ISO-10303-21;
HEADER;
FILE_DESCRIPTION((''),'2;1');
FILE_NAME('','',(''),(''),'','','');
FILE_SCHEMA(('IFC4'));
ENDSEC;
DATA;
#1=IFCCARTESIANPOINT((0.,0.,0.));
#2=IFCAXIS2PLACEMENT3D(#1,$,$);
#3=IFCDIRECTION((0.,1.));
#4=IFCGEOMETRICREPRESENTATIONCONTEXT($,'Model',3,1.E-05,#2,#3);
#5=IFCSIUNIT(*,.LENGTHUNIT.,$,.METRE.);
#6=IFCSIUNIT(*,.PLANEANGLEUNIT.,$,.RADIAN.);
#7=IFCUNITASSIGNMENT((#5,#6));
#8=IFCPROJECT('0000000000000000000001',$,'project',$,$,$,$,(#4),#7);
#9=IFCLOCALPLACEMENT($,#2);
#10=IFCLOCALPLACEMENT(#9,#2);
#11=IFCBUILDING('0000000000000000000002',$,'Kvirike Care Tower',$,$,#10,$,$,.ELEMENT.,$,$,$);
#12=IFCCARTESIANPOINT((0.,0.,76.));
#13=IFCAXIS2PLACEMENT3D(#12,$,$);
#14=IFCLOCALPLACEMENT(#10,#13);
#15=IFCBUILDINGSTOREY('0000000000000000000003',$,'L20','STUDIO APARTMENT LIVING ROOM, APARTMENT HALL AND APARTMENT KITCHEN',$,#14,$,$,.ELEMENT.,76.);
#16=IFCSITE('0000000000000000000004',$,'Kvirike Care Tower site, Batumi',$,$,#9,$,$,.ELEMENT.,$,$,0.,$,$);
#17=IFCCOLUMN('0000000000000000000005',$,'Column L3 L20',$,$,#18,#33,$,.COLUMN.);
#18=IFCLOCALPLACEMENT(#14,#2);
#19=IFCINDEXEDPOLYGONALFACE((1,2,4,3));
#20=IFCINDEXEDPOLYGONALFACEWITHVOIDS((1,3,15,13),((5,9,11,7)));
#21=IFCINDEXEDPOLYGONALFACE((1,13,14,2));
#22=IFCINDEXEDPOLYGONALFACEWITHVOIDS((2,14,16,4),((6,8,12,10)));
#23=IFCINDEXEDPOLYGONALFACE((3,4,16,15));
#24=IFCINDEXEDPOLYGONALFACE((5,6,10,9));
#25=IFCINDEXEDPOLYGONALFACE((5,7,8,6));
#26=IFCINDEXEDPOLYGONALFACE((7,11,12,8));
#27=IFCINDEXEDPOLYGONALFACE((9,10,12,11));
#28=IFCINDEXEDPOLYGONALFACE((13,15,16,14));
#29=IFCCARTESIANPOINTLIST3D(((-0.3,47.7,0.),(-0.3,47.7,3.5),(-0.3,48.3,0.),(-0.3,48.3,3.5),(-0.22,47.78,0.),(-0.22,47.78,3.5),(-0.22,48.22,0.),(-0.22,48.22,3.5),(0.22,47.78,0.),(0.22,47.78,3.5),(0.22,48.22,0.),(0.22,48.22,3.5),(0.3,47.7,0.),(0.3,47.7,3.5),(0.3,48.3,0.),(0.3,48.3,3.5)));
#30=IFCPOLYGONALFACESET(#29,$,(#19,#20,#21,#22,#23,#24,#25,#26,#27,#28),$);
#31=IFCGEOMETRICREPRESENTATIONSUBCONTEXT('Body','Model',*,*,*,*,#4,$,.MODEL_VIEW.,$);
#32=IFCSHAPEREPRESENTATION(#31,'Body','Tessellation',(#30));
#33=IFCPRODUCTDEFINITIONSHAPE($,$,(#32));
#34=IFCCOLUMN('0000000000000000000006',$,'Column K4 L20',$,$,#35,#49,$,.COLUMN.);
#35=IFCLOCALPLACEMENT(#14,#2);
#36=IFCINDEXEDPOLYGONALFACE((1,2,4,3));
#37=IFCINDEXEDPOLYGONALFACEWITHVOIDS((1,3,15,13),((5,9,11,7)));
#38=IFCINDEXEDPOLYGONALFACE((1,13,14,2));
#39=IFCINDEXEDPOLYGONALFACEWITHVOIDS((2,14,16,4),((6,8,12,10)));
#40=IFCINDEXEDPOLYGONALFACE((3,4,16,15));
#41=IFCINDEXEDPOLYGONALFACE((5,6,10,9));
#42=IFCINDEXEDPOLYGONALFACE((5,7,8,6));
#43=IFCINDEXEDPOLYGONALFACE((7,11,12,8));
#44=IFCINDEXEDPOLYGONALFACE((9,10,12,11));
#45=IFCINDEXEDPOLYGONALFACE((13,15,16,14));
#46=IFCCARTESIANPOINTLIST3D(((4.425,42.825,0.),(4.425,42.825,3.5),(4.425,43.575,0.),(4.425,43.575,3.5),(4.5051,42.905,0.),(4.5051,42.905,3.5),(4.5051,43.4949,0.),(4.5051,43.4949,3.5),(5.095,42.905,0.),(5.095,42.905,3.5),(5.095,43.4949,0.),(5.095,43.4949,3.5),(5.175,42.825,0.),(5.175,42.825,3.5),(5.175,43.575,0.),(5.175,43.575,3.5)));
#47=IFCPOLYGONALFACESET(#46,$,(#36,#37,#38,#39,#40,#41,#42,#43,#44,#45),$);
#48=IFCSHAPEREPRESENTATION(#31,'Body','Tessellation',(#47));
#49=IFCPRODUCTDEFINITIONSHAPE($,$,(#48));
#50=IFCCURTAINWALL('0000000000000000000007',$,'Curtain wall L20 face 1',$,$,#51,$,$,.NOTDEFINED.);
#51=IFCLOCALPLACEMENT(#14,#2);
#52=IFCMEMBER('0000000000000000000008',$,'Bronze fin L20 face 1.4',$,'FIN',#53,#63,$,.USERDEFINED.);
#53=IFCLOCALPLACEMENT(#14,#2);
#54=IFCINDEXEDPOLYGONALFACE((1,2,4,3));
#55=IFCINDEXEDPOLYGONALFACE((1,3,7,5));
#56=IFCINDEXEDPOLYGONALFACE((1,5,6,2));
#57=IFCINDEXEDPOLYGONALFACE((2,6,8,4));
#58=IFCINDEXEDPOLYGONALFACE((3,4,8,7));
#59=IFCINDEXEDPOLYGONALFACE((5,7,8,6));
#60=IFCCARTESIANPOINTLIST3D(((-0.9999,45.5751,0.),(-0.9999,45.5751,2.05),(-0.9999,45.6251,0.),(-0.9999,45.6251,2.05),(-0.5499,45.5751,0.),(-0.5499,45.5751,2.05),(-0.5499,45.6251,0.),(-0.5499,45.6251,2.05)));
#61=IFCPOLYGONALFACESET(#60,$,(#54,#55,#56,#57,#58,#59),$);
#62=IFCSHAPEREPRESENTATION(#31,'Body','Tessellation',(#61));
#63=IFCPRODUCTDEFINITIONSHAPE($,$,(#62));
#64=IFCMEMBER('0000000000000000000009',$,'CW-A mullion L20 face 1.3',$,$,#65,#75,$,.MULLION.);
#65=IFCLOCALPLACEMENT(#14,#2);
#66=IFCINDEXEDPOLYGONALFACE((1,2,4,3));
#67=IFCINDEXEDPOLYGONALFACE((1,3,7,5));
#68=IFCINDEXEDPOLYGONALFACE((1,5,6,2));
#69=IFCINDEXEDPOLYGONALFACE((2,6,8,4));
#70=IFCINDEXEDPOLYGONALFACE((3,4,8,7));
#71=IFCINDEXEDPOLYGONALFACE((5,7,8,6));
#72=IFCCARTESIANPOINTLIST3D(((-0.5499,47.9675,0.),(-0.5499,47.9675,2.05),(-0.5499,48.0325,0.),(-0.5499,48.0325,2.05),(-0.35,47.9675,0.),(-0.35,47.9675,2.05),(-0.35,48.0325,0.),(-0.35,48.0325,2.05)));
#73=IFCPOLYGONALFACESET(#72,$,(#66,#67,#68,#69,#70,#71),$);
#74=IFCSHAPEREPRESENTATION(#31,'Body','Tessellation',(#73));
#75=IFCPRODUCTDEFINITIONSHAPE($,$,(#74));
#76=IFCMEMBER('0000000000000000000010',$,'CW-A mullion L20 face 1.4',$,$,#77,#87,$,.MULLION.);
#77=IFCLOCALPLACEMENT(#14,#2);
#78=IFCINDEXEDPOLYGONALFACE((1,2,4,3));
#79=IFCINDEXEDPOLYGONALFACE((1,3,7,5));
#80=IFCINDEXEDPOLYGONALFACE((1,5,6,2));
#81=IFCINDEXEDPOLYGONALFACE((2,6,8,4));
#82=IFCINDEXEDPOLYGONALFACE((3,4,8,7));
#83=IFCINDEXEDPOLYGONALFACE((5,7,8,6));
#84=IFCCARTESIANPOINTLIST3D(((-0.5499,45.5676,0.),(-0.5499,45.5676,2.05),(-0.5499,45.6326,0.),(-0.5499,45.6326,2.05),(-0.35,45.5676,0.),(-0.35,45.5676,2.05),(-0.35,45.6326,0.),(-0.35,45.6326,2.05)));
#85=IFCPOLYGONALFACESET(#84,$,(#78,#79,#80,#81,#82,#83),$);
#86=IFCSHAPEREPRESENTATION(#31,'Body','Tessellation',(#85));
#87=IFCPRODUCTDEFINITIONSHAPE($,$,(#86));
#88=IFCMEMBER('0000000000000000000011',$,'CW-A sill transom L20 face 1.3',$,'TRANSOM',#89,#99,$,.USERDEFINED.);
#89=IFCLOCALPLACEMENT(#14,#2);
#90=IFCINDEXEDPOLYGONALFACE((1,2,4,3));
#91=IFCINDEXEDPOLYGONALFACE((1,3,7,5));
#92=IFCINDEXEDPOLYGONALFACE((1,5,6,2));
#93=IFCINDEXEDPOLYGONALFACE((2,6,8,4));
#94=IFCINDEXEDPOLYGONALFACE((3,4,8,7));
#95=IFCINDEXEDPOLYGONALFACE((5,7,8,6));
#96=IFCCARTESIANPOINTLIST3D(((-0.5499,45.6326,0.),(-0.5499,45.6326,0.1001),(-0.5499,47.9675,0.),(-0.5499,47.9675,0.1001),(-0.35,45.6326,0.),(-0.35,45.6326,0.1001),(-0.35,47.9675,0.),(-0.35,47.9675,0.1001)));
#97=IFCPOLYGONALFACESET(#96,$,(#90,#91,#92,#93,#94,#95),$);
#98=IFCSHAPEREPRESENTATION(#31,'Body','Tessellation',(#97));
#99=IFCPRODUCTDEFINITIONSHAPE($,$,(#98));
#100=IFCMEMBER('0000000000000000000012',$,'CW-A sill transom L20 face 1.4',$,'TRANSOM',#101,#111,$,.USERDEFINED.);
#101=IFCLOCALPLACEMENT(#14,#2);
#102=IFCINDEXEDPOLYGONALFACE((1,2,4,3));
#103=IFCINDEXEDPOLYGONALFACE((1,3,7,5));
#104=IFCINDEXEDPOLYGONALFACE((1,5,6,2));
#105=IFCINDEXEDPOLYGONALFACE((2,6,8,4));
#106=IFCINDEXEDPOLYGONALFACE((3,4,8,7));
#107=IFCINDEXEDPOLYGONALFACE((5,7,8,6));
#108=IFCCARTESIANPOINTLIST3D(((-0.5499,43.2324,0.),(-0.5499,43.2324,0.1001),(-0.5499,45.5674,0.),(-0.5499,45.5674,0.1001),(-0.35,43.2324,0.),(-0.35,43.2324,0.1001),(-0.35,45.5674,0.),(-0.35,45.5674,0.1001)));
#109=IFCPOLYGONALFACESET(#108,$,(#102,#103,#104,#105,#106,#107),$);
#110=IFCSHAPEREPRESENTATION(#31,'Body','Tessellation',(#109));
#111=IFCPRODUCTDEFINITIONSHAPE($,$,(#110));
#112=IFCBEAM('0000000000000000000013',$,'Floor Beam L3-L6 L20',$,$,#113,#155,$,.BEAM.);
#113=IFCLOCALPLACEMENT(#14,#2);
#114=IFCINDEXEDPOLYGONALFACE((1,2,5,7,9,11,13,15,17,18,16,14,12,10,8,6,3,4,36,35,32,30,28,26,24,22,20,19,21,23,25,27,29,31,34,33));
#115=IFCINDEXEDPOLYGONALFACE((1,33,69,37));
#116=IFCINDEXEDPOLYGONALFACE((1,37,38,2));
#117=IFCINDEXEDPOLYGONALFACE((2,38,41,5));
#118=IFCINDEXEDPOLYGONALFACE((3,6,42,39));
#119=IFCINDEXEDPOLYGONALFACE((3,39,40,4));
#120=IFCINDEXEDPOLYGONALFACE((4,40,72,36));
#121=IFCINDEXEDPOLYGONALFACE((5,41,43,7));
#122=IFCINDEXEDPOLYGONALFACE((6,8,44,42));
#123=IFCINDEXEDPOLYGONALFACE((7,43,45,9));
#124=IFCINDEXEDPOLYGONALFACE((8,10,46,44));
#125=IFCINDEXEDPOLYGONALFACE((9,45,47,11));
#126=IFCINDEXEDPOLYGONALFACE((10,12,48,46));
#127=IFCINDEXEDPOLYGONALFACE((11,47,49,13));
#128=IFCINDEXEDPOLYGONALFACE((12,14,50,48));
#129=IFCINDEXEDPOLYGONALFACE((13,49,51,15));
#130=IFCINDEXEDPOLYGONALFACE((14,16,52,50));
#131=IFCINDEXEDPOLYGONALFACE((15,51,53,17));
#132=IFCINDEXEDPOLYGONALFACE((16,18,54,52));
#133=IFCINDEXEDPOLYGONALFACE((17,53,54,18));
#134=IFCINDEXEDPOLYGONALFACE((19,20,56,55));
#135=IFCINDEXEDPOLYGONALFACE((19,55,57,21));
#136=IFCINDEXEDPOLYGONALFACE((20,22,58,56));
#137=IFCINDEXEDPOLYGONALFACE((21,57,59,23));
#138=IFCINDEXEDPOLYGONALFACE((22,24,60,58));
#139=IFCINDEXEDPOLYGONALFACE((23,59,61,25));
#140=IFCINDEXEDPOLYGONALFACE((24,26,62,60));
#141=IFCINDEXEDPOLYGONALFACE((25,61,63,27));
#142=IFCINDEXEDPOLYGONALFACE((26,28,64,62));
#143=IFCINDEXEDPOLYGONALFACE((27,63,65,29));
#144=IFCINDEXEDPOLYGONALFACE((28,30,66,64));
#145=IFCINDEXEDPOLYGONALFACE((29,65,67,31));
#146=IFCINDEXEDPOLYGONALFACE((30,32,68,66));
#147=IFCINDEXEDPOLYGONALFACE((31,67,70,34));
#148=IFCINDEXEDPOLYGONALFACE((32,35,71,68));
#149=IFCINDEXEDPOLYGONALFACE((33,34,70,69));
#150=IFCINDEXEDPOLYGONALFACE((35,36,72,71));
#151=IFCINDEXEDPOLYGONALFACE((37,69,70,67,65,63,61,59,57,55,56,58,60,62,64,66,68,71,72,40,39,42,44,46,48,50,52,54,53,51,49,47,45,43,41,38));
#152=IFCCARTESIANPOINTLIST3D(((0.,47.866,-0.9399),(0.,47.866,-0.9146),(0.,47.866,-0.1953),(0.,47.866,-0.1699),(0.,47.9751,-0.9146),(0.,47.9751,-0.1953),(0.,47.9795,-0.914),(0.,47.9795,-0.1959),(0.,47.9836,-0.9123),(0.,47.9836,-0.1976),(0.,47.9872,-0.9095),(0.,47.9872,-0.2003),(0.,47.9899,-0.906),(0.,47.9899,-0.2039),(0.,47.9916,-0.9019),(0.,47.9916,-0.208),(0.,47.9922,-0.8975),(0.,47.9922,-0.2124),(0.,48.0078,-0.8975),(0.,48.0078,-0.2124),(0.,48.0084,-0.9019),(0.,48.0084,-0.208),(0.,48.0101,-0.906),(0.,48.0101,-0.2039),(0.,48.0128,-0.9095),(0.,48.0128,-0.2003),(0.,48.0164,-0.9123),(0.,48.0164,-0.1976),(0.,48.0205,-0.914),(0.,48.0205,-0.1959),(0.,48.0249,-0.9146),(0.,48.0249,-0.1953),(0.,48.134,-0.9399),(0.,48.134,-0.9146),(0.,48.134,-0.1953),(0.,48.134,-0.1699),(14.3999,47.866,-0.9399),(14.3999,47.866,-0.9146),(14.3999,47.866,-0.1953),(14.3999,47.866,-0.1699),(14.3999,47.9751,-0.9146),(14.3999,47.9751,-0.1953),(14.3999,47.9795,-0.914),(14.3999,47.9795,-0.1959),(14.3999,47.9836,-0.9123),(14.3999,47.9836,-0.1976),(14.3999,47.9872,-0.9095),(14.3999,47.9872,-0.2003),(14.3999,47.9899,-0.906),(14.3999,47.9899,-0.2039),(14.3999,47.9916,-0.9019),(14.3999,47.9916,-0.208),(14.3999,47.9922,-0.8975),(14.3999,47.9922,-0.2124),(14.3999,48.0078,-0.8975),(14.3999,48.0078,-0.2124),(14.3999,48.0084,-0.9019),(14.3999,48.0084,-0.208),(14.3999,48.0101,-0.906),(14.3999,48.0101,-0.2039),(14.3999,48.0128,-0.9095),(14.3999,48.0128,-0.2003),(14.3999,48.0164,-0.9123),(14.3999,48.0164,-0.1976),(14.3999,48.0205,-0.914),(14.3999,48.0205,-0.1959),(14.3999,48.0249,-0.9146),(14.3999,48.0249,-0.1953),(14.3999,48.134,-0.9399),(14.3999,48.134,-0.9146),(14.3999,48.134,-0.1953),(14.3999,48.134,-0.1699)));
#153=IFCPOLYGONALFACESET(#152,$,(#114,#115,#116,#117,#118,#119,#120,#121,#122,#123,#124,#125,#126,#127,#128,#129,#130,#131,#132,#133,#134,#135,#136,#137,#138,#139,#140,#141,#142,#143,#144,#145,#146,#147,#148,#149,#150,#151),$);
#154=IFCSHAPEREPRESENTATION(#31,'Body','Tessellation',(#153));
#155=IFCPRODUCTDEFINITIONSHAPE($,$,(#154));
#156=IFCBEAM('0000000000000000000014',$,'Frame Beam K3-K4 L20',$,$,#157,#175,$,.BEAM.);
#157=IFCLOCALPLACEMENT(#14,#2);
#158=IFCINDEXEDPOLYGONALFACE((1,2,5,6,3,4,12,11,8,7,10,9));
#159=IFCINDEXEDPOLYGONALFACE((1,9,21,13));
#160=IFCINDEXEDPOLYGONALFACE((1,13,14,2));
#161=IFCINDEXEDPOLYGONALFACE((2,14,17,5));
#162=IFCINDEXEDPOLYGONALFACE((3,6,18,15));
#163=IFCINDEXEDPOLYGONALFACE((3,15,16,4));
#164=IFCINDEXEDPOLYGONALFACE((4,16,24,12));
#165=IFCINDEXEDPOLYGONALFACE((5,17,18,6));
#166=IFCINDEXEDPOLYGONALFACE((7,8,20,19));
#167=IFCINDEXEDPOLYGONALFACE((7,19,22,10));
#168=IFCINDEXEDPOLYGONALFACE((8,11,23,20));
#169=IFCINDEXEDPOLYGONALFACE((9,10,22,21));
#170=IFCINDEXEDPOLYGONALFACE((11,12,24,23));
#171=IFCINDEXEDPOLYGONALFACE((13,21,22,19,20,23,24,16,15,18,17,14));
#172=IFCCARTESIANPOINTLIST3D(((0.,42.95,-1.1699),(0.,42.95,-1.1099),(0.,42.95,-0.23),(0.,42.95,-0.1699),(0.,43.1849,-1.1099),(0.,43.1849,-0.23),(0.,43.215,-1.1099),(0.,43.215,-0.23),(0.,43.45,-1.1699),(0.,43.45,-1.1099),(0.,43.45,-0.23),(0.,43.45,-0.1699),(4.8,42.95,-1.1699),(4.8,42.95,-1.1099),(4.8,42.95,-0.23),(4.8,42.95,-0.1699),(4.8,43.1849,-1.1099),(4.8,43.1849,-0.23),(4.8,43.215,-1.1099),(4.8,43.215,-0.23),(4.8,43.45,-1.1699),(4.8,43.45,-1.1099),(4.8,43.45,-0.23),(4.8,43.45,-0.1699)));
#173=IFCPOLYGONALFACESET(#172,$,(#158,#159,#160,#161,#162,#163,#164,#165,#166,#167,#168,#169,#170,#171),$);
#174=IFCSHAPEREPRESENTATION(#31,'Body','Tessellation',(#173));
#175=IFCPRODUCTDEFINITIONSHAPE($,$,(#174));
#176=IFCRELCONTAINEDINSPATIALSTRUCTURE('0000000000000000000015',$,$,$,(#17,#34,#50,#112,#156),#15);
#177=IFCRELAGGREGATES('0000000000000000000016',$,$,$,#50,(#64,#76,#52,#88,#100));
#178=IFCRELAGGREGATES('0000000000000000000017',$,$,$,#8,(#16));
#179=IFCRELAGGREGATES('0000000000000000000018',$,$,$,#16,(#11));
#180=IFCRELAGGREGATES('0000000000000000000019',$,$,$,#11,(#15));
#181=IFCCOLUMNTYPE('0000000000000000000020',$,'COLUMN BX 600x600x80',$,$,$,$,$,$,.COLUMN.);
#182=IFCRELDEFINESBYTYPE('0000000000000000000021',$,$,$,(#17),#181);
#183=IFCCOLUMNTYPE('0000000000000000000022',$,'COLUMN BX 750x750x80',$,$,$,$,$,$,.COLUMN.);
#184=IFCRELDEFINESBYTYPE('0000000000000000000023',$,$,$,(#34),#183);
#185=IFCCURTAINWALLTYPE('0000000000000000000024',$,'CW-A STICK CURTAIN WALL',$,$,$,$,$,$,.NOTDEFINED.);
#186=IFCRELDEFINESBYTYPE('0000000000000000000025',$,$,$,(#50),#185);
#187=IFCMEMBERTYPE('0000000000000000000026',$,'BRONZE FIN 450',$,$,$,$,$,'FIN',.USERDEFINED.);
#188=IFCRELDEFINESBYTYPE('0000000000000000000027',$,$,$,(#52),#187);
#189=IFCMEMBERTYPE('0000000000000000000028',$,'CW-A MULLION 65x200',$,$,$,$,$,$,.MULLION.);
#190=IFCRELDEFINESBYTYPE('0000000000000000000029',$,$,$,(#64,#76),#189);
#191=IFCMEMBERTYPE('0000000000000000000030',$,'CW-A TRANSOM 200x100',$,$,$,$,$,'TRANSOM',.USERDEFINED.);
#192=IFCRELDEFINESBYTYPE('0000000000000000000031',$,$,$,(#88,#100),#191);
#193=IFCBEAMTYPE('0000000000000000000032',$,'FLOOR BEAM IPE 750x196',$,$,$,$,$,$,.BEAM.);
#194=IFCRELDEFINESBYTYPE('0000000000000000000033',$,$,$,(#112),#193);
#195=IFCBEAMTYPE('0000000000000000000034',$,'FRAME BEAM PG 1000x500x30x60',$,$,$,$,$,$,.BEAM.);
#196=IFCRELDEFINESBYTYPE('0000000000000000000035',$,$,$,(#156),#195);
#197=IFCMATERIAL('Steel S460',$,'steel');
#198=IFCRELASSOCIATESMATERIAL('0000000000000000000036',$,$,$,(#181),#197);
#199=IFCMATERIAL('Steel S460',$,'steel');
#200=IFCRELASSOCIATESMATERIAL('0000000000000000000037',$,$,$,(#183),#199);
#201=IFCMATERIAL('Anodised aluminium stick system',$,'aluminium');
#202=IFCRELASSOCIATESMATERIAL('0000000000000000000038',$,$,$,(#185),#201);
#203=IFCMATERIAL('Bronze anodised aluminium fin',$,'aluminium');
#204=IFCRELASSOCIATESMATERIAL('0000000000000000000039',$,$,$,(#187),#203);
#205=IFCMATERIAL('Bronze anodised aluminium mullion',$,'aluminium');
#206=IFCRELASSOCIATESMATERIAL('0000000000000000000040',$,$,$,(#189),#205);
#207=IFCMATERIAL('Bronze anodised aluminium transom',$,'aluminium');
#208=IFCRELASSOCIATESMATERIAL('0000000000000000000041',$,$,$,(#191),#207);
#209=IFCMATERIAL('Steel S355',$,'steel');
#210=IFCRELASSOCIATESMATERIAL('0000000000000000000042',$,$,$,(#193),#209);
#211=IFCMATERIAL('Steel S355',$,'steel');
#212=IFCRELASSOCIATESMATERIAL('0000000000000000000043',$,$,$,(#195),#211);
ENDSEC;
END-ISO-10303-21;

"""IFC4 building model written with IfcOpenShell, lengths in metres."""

from ifc_helpers import new_model, si_unit, direction, frame, origin, origin_2d, place, context, subcontext, project, spatial, rectangle, hollow_rectangle, i_section, extrude, material, material_profile, profile_set, type_object, element, aggregate, save


model = new_model("IFC4")

# Units and contexts
model_context = context("Model", 3, precision=1e-05, world=origin(), true_north=direction((0.0, 1.0)))
body_context = subcontext(model_context, "Body", "Model", "MODEL_VIEW")
ifc_project = project(units=[si_unit("LENGTHUNIT", "METRE"), si_unit("PLANEANGLEUNIT", "RADIAN")], contexts=[model_context])

# Site, building, storey
site_placement = place(None, origin())
site = spatial("IfcSite", under=ifc_project, at=site_placement, Name="Kvirike Care Tower site, Batumi", CompositionType="ELEMENT", RefElevation=0.0)
building_placement = place(site_placement, origin())
building = spatial("IfcBuilding", under=site, at=building_placement, Name="Kvirike Care Tower", CompositionType="ELEMENT")
storey_placement = place(building_placement, frame((0.0, 0.0, 76.0)))
storey = spatial("IfcBuildingStorey", under=building, at=storey_placement, Name="L20", Description="STUDIO APARTMENT LIVING ROOM, APARTMENT HALL AND APARTMENT KITCHEN", CompositionType="ELEMENT", Elevation=76.0)

# Columns
ifc_material_1 = material(Name="Steel S460", Category="steel")
ifc_material_profile_1 = material_profile(ifc_material_1, hollow_rectangle(XDim=0.6001, YDim=0.6001, WallThickness=0.0801, at=origin_2d()), Name="BX 600x600x80")
ifc_profile_set_1 = profile_set([ifc_material_profile_1], Name="Steel S460")
column_type_1 = type_object("IfcColumnType", Name="COLUMN BX 600x600x80", PredefinedType="COLUMN", material=ifc_profile_set_1)
column_1_placement = place(storey_placement, frame((0.0, 48.0, 0.0), z_axis=(0.0, 0.0, 1.0), x_axis=(1.0, 0.0, 0.0)))
element("IfcColumn", 1, at=column_1_placement, inside=storey, type_object=column_type_1, Name="Column L3 L20", PredefinedType="COLUMN", context=body_context, shape_type="SweptSolid", body=[
    extrude(hollow_rectangle(XDim=0.6001, YDim=0.6001, WallThickness=0.0801, at=origin_2d()), origin(), (0.0, 0.0, 1.0), 3.5),
])
ifc_material_2 = material(Name="Steel S460", Category="steel")
ifc_material_profile_2 = material_profile(ifc_material_2, hollow_rectangle(XDim=0.75, YDim=0.75, WallThickness=0.0801, at=origin_2d()), Name="BX 750x750x80")
ifc_profile_set_2 = profile_set([ifc_material_profile_2], Name="Steel S460")
column_type_2 = type_object("IfcColumnType", Name="COLUMN BX 750x750x80", PredefinedType="COLUMN", material=ifc_profile_set_2)
column_2_placement = place(storey_placement, frame((4.8, 43.2, 0.0), z_axis=(0.0, 0.0, 1.0), x_axis=(0.0, 1.0, 0.0)))
element("IfcColumn", 2, at=column_2_placement, inside=storey, type_object=column_type_2, Name="Column K4 L20", PredefinedType="COLUMN", context=body_context, shape_type="SweptSolid", body=[
    extrude(hollow_rectangle(XDim=0.75, YDim=0.75, WallThickness=0.0801, at=origin_2d()), origin(), (0.0, 0.0, 1.0), 3.5),
])

# Curtain wall, members
ifc_material_3 = material(Name="Anodised aluminium stick system", Category="aluminium")
curtain_wall_type = type_object("IfcCurtainWallType", Name="CW-A STICK CURTAIN WALL", PredefinedType="NOTDEFINED", material=ifc_material_3)
curtain_wall_placement = place(storey_placement, origin())
curtain_wall = element("IfcCurtainWall", 3, at=curtain_wall_placement, inside=storey, type_object=curtain_wall_type, Name="Curtain wall L20 face 1", PredefinedType="NOTDEFINED")
ifc_material_4 = material(Name="Bronze anodised aluminium fin", Category="aluminium")
ifc_material_profile_3 = material_profile(ifc_material_4, rectangle(XDim=0.05, YDim=0.45, at=origin_2d()), Name="BRONZE FIN 450")
ifc_profile_set_3 = profile_set([ifc_material_profile_3], Name="Bronze anodised aluminium fin")
member_type_1 = type_object("IfcMemberType", Name="BRONZE FIN 450", ElementType="FIN", PredefinedType="USERDEFINED", material=ifc_profile_set_3)
member_1_placement = place(storey_placement, frame((-0.7749, 45.6001, 0.0), z_axis=(0.0, 0.0, 1.0), x_axis=(0.0, -1.0, 0.0)))
member_1 = element("IfcMember", 4, at=member_1_placement, type_object=member_type_1, Name="Bronze fin L20 face 1.4", ObjectType="FIN", PredefinedType="USERDEFINED", context=body_context, shape_type="SweptSolid", body=[
    extrude(rectangle(XDim=0.05, YDim=0.45, at=origin_2d()), origin(), (0.0, 0.0, 1.0), 2.05),
])
ifc_material_5 = material(Name="Bronze anodised aluminium mullion", Category="aluminium")
ifc_material_profile_4 = material_profile(ifc_material_5, rectangle(XDim=0.0649, YDim=0.2, at=origin_2d()), Name="CW-A MULLION 65x200")
ifc_profile_set_4 = profile_set([ifc_material_profile_4], Name="Bronze anodised aluminium mullion")
member_type_2 = type_object("IfcMemberType", Name="CW-A MULLION 65x200", PredefinedType="MULLION", material=ifc_profile_set_4)
member_2_placement = place(storey_placement, frame((-0.45, 48.0, 0.0), z_axis=(0.0, 0.0, 1.0), x_axis=(0.0, -1.0, 0.0)))
member_2 = element("IfcMember", 5, at=member_2_placement, type_object=member_type_2, Name="CW-A mullion L20 face 1.3", PredefinedType="MULLION", context=body_context, shape_type="SweptSolid", body=[
    extrude(rectangle(XDim=0.0649, YDim=0.2, at=origin_2d()), origin(), (0.0, 0.0, 1.0), 2.05),
])
member_3_placement = place(storey_placement, frame((-0.45, 45.6001, 0.0), z_axis=(0.0, 0.0, 1.0), x_axis=(0.0, -1.0, 0.0)))
member_3 = element("IfcMember", 6, at=member_3_placement, type_object=member_type_2, Name="CW-A mullion L20 face 1.4", PredefinedType="MULLION", context=body_context, shape_type="SweptSolid", body=[
    extrude(rectangle(XDim=0.0649, YDim=0.2, at=origin_2d()), origin(), (0.0, 0.0, 1.0), 2.05),
])
ifc_material_6 = material(Name="Bronze anodised aluminium transom", Category="aluminium")
ifc_material_profile_5 = material_profile(ifc_material_6, rectangle(XDim=0.2, YDim=0.1001, at=origin_2d()), Name="CW-A TRANSOM 200x100")
ifc_profile_set_5 = profile_set([ifc_material_profile_5], Name="Bronze anodised aluminium transom")
member_type_3 = type_object("IfcMemberType", Name="CW-A TRANSOM 200x100", ElementType="TRANSOM", PredefinedType="USERDEFINED", material=ifc_profile_set_5)
member_4_placement = place(storey_placement, frame((-0.45, 47.9675, 0.05), z_axis=(0.0, -1.0, 0.0), x_axis=(1.0, 0.0, 0.0)))
member_4 = element("IfcMember", 7, at=member_4_placement, type_object=member_type_3, Name="CW-A sill transom L20 face 1.3", ObjectType="TRANSOM", PredefinedType="USERDEFINED", context=body_context, shape_type="SweptSolid", body=[
    extrude(rectangle(XDim=0.2, YDim=0.1001, at=origin_2d()), origin(), (0.0, 0.0, 1.0), 2.335),
])
member_5_placement = place(storey_placement, frame((-0.45, 45.5674, 0.05), z_axis=(0.0, -1.0, 0.0), x_axis=(1.0, 0.0, 0.0)))
member_5 = element("IfcMember", 8, at=member_5_placement, type_object=member_type_3, Name="CW-A sill transom L20 face 1.4", ObjectType="TRANSOM", PredefinedType="USERDEFINED", context=body_context, shape_type="SweptSolid", body=[
    extrude(rectangle(XDim=0.2, YDim=0.1001, at=origin_2d()), origin(), (0.0, 0.0, 1.0), 2.335),
])

# Beams
ifc_material_7 = material(Name="Steel S355", Category="steel")
ifc_material_profile_6 = material_profile(ifc_material_7, i_section(OverallWidth=0.2681, OverallDepth=0.77, WebThickness=0.0156, FlangeThickness=0.0254, FilletRadius=0.0171, at=origin_2d()), Name="IPE 750x196")
ifc_profile_set_6 = profile_set([ifc_material_profile_6], Name="Steel S355")
beam_type_1 = type_object("IfcBeamType", Name="FLOOR BEAM IPE 750x196", PredefinedType="BEAM", material=ifc_profile_set_6)
beam_placement = place(storey_placement, frame((0.0, 48.0, -0.5549), z_axis=(1.0, 0.0, 0.0), x_axis=(0.0, 1.0, 0.0)))
element("IfcBeam", 9, at=beam_placement, inside=storey, type_object=beam_type_1, Name="Floor Beam L3-L6 L20", PredefinedType="BEAM", context=body_context, shape_type="SweptSolid", body=[
    extrude(i_section(OverallWidth=0.2681, OverallDepth=0.77, WebThickness=0.0156, FlangeThickness=0.0254, FilletRadius=0.0171, at=origin_2d()), origin(), (0.0, 0.0, 1.0), 14.3999),
])
ifc_material_8 = material(Name="Steel S355", Category="steel")
ifc_material_profile_7 = material_profile(ifc_material_8, i_section(OverallWidth=0.5, OverallDepth=1.0, WebThickness=0.03, FlangeThickness=0.0601, at=origin_2d()), Name="PG 1000x500x30x60")
ifc_profile_set_7 = profile_set([ifc_material_profile_7], Name="Steel S355")
beam_type_2 = type_object("IfcBeamType", Name="FRAME BEAM PG 1000x500x30x60", PredefinedType="BEAM", material=ifc_profile_set_7)
for number, where, z_axis, x_axis, name in (
    (10, (0.0, 43.2, -0.6699), (1.0, 0.0, 0.0), (0.0, 1.0, 0.0), "Frame Beam K3-K4 L20"),
):
    element("IfcBeam", number, at=place(storey_placement, frame(where, z_axis=z_axis, x_axis=x_axis)), inside=storey, type_object=beam_type_2, Name=name, PredefinedType="BEAM", context=body_context, shape_type="SweptSolid", body=[
        extrude(i_section(OverallWidth=0.5, OverallDepth=1.0, WebThickness=0.03, FlangeThickness=0.0601, at=origin_2d()), origin(), (0.0, 0.0, 1.0), 4.8),
    ])

aggregate(curtain_wall, [member_2, member_3, member_1, member_4, member_5])

save(model, "model.ifc")
